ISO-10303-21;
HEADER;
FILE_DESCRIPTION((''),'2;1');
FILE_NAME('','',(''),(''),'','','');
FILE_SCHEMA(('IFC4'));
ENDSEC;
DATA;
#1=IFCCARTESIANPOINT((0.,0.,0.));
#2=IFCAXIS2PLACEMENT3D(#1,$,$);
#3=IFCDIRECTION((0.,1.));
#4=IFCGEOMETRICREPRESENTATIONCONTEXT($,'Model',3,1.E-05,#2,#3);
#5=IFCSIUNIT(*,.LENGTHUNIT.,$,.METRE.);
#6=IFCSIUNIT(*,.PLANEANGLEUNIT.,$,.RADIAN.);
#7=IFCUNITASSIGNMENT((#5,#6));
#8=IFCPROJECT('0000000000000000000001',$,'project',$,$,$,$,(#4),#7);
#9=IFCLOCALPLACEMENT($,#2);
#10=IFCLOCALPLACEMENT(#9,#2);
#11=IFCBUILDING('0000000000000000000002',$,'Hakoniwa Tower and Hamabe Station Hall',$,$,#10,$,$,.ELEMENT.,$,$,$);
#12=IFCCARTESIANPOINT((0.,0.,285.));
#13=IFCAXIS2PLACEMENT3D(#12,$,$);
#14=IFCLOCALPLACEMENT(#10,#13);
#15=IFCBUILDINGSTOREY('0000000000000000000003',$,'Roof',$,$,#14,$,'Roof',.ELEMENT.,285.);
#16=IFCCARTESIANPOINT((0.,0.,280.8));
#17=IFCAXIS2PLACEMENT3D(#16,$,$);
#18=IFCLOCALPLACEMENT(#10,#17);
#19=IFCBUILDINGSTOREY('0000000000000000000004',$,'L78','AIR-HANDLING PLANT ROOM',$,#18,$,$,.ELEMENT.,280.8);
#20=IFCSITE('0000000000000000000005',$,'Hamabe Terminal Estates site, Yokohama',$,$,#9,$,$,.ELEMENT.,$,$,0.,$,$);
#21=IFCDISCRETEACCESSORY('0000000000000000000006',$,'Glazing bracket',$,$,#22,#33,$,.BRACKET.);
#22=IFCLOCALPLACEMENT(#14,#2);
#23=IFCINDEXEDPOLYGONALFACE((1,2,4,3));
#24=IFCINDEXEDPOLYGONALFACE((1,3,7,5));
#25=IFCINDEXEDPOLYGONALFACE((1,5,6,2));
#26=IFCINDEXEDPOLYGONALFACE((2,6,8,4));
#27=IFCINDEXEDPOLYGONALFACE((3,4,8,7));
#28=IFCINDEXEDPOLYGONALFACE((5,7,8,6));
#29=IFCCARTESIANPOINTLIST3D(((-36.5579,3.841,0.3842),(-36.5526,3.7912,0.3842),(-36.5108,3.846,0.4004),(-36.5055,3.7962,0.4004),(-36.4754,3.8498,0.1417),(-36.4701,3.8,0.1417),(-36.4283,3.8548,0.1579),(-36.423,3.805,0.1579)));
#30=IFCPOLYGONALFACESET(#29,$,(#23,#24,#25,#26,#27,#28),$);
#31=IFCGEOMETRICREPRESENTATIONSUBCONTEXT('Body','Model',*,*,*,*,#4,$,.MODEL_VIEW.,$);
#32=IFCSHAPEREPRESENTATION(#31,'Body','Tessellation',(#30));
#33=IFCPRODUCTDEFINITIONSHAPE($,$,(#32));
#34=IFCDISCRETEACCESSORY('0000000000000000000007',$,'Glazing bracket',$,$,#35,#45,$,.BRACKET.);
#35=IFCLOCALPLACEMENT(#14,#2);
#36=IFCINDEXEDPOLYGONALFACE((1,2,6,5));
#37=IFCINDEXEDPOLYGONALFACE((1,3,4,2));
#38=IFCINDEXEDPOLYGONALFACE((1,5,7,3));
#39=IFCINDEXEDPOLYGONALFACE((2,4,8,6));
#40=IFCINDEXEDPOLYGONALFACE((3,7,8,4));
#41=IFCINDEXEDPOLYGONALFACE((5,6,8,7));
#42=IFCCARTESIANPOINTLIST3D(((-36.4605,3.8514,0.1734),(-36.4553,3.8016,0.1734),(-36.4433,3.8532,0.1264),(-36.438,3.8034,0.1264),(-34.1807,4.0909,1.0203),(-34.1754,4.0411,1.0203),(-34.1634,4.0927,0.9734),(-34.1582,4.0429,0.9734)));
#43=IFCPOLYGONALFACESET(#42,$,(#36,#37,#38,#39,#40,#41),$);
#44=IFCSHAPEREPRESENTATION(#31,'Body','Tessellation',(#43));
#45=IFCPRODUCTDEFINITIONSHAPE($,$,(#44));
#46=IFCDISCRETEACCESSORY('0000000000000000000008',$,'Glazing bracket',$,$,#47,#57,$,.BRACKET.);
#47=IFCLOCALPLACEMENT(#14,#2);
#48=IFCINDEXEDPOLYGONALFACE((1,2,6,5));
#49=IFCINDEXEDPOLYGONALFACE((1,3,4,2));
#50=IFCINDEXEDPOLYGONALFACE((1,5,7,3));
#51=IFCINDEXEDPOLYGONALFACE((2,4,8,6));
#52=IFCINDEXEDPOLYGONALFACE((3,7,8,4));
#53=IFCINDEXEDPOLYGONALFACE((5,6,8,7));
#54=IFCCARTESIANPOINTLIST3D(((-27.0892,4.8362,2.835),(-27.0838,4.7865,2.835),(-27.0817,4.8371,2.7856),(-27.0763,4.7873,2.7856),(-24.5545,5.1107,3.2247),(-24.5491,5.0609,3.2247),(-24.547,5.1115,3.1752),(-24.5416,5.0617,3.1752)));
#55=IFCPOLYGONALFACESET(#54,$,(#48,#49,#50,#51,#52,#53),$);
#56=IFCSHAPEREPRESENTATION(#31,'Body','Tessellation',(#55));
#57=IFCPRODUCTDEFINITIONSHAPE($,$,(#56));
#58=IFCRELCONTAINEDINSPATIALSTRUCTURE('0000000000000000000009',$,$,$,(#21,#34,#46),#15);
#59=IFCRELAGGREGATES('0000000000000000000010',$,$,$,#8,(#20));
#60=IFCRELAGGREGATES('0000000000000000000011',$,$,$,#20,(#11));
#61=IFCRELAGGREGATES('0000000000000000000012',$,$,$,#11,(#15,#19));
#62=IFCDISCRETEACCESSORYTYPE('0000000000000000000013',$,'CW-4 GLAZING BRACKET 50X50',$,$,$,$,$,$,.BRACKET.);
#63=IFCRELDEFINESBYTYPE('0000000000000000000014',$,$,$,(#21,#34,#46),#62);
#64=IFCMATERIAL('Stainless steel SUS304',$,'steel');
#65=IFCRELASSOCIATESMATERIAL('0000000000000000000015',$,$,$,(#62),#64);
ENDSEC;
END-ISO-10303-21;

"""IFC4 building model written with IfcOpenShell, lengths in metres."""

from ifc_helpers import new_model, si_unit, direction, frame, origin, origin_2d, place, context, subcontext, project, spatial, rectangle, extrude, material, material_profile, profile_set, type_object, element, save


model = new_model("IFC4")

# Units and contexts
model_context = context("Model", 3, precision=1e-05, world=origin(), true_north=direction((0.0, 1.0)))
body_context = subcontext(model_context, "Body", "Model", "MODEL_VIEW")
ifc_project = project(units=[si_unit("LENGTHUNIT", "METRE"), si_unit("PLANEANGLEUNIT", "RADIAN")], contexts=[model_context])

# Site, building, storey
site_placement = place(None, origin())
site = spatial("IfcSite", under=ifc_project, at=site_placement, Name="Hamabe Terminal Estates site, Yokohama", CompositionType="ELEMENT", RefElevation=0.0)
building_placement = place(site_placement, origin())
building = spatial("IfcBuilding", under=site, at=building_placement, Name="Hakoniwa Tower and Hamabe Station Hall", CompositionType="ELEMENT")
storey_1_placement = place(building_placement, frame((0.0, 0.0, 285.0)))
storey_1 = spatial("IfcBuildingStorey", under=building, at=storey_1_placement, Name="Roof", LongName="Roof", CompositionType="ELEMENT", Elevation=285.0)

# Shared definitions
storey_2_placement = place(building_placement, frame((0.0, 0.0, 280.8)))
storey_2 = spatial("IfcBuildingStorey", under=building, at=storey_2_placement, Name="L78", Description="AIR-HANDLING PLANT ROOM", CompositionType="ELEMENT", Elevation=280.8)

# Discrete accessories
ifc_material_1 = material(Name="Stainless steel SUS304", Category="steel")
ifc_material_profile_1 = material_profile(ifc_material_1, rectangle(XDim=0.05, YDim=0.05, at=origin_2d()), Name="CW-4 GLAZING BRACKET 50X50")
ifc_profile_set_1 = profile_set([ifc_material_profile_1], Name="Stainless steel SUS304")
discrete_accessory_type = type_object("IfcDiscreteAccessoryType", Name="CW-4 GLAZING BRACKET 50X50", PredefinedType="BRACKET", material=ifc_profile_set_1)
discrete_accessory_1_placement = place(storey_1_placement, frame((-36.5317, 3.8186, 0.3923), z_axis=(0.322038, 0.0343, -0.946105), x_axis=(-0.10591, 0.994376, 0.0)))
element("IfcDiscreteAccessory", 1, at=discrete_accessory_1_placement, inside=storey_1, type_object=discrete_accessory_type, Name="Glazing bracket", PredefinedType="BRACKET", context=body_context, shape_type="SweptSolid", body=[
    extrude(rectangle(XDim=0.05, YDim=0.05, at=origin_2d()), origin(), (0.0, 0.0, 1.0), 0.2563),
])
discrete_accessory_2_placement = place(storey_1_placement, frame((-34.1694, 4.0669, 0.9968), z_axis=(-0.932893, -0.098005, -0.346563), x_axis=(0.10448, -0.994527, 0.0)))
element("IfcDiscreteAccessory", 2, at=discrete_accessory_2_placement, inside=storey_1, type_object=discrete_accessory_type, Name="Glazing bracket", PredefinedType="BRACKET", context=body_context, shape_type="SweptSolid", body=[
    extrude(rectangle(XDim=0.05, YDim=0.05, at=origin_2d()), origin(), (0.0, 0.0, 1.0), 2.4438),
])
discrete_accessory_3_placement = place(storey_1_placement, frame((-27.0828, 4.8118, 2.8103), z_axis=(0.982779, 0.1064, 0.15108), x_axis=(-0.107635, 0.99419, 0.0)))
element("IfcDiscreteAccessory", 3, at=discrete_accessory_3_placement, inside=storey_1, type_object=discrete_accessory_type, Name="Glazing bracket", PredefinedType="BRACKET", context=body_context, shape_type="SweptSolid", body=[
    extrude(rectangle(XDim=0.05, YDim=0.05, at=origin_2d()), origin(), (0.0, 0.0, 1.0), 2.5791),
])

save(model, "model.ifc")
